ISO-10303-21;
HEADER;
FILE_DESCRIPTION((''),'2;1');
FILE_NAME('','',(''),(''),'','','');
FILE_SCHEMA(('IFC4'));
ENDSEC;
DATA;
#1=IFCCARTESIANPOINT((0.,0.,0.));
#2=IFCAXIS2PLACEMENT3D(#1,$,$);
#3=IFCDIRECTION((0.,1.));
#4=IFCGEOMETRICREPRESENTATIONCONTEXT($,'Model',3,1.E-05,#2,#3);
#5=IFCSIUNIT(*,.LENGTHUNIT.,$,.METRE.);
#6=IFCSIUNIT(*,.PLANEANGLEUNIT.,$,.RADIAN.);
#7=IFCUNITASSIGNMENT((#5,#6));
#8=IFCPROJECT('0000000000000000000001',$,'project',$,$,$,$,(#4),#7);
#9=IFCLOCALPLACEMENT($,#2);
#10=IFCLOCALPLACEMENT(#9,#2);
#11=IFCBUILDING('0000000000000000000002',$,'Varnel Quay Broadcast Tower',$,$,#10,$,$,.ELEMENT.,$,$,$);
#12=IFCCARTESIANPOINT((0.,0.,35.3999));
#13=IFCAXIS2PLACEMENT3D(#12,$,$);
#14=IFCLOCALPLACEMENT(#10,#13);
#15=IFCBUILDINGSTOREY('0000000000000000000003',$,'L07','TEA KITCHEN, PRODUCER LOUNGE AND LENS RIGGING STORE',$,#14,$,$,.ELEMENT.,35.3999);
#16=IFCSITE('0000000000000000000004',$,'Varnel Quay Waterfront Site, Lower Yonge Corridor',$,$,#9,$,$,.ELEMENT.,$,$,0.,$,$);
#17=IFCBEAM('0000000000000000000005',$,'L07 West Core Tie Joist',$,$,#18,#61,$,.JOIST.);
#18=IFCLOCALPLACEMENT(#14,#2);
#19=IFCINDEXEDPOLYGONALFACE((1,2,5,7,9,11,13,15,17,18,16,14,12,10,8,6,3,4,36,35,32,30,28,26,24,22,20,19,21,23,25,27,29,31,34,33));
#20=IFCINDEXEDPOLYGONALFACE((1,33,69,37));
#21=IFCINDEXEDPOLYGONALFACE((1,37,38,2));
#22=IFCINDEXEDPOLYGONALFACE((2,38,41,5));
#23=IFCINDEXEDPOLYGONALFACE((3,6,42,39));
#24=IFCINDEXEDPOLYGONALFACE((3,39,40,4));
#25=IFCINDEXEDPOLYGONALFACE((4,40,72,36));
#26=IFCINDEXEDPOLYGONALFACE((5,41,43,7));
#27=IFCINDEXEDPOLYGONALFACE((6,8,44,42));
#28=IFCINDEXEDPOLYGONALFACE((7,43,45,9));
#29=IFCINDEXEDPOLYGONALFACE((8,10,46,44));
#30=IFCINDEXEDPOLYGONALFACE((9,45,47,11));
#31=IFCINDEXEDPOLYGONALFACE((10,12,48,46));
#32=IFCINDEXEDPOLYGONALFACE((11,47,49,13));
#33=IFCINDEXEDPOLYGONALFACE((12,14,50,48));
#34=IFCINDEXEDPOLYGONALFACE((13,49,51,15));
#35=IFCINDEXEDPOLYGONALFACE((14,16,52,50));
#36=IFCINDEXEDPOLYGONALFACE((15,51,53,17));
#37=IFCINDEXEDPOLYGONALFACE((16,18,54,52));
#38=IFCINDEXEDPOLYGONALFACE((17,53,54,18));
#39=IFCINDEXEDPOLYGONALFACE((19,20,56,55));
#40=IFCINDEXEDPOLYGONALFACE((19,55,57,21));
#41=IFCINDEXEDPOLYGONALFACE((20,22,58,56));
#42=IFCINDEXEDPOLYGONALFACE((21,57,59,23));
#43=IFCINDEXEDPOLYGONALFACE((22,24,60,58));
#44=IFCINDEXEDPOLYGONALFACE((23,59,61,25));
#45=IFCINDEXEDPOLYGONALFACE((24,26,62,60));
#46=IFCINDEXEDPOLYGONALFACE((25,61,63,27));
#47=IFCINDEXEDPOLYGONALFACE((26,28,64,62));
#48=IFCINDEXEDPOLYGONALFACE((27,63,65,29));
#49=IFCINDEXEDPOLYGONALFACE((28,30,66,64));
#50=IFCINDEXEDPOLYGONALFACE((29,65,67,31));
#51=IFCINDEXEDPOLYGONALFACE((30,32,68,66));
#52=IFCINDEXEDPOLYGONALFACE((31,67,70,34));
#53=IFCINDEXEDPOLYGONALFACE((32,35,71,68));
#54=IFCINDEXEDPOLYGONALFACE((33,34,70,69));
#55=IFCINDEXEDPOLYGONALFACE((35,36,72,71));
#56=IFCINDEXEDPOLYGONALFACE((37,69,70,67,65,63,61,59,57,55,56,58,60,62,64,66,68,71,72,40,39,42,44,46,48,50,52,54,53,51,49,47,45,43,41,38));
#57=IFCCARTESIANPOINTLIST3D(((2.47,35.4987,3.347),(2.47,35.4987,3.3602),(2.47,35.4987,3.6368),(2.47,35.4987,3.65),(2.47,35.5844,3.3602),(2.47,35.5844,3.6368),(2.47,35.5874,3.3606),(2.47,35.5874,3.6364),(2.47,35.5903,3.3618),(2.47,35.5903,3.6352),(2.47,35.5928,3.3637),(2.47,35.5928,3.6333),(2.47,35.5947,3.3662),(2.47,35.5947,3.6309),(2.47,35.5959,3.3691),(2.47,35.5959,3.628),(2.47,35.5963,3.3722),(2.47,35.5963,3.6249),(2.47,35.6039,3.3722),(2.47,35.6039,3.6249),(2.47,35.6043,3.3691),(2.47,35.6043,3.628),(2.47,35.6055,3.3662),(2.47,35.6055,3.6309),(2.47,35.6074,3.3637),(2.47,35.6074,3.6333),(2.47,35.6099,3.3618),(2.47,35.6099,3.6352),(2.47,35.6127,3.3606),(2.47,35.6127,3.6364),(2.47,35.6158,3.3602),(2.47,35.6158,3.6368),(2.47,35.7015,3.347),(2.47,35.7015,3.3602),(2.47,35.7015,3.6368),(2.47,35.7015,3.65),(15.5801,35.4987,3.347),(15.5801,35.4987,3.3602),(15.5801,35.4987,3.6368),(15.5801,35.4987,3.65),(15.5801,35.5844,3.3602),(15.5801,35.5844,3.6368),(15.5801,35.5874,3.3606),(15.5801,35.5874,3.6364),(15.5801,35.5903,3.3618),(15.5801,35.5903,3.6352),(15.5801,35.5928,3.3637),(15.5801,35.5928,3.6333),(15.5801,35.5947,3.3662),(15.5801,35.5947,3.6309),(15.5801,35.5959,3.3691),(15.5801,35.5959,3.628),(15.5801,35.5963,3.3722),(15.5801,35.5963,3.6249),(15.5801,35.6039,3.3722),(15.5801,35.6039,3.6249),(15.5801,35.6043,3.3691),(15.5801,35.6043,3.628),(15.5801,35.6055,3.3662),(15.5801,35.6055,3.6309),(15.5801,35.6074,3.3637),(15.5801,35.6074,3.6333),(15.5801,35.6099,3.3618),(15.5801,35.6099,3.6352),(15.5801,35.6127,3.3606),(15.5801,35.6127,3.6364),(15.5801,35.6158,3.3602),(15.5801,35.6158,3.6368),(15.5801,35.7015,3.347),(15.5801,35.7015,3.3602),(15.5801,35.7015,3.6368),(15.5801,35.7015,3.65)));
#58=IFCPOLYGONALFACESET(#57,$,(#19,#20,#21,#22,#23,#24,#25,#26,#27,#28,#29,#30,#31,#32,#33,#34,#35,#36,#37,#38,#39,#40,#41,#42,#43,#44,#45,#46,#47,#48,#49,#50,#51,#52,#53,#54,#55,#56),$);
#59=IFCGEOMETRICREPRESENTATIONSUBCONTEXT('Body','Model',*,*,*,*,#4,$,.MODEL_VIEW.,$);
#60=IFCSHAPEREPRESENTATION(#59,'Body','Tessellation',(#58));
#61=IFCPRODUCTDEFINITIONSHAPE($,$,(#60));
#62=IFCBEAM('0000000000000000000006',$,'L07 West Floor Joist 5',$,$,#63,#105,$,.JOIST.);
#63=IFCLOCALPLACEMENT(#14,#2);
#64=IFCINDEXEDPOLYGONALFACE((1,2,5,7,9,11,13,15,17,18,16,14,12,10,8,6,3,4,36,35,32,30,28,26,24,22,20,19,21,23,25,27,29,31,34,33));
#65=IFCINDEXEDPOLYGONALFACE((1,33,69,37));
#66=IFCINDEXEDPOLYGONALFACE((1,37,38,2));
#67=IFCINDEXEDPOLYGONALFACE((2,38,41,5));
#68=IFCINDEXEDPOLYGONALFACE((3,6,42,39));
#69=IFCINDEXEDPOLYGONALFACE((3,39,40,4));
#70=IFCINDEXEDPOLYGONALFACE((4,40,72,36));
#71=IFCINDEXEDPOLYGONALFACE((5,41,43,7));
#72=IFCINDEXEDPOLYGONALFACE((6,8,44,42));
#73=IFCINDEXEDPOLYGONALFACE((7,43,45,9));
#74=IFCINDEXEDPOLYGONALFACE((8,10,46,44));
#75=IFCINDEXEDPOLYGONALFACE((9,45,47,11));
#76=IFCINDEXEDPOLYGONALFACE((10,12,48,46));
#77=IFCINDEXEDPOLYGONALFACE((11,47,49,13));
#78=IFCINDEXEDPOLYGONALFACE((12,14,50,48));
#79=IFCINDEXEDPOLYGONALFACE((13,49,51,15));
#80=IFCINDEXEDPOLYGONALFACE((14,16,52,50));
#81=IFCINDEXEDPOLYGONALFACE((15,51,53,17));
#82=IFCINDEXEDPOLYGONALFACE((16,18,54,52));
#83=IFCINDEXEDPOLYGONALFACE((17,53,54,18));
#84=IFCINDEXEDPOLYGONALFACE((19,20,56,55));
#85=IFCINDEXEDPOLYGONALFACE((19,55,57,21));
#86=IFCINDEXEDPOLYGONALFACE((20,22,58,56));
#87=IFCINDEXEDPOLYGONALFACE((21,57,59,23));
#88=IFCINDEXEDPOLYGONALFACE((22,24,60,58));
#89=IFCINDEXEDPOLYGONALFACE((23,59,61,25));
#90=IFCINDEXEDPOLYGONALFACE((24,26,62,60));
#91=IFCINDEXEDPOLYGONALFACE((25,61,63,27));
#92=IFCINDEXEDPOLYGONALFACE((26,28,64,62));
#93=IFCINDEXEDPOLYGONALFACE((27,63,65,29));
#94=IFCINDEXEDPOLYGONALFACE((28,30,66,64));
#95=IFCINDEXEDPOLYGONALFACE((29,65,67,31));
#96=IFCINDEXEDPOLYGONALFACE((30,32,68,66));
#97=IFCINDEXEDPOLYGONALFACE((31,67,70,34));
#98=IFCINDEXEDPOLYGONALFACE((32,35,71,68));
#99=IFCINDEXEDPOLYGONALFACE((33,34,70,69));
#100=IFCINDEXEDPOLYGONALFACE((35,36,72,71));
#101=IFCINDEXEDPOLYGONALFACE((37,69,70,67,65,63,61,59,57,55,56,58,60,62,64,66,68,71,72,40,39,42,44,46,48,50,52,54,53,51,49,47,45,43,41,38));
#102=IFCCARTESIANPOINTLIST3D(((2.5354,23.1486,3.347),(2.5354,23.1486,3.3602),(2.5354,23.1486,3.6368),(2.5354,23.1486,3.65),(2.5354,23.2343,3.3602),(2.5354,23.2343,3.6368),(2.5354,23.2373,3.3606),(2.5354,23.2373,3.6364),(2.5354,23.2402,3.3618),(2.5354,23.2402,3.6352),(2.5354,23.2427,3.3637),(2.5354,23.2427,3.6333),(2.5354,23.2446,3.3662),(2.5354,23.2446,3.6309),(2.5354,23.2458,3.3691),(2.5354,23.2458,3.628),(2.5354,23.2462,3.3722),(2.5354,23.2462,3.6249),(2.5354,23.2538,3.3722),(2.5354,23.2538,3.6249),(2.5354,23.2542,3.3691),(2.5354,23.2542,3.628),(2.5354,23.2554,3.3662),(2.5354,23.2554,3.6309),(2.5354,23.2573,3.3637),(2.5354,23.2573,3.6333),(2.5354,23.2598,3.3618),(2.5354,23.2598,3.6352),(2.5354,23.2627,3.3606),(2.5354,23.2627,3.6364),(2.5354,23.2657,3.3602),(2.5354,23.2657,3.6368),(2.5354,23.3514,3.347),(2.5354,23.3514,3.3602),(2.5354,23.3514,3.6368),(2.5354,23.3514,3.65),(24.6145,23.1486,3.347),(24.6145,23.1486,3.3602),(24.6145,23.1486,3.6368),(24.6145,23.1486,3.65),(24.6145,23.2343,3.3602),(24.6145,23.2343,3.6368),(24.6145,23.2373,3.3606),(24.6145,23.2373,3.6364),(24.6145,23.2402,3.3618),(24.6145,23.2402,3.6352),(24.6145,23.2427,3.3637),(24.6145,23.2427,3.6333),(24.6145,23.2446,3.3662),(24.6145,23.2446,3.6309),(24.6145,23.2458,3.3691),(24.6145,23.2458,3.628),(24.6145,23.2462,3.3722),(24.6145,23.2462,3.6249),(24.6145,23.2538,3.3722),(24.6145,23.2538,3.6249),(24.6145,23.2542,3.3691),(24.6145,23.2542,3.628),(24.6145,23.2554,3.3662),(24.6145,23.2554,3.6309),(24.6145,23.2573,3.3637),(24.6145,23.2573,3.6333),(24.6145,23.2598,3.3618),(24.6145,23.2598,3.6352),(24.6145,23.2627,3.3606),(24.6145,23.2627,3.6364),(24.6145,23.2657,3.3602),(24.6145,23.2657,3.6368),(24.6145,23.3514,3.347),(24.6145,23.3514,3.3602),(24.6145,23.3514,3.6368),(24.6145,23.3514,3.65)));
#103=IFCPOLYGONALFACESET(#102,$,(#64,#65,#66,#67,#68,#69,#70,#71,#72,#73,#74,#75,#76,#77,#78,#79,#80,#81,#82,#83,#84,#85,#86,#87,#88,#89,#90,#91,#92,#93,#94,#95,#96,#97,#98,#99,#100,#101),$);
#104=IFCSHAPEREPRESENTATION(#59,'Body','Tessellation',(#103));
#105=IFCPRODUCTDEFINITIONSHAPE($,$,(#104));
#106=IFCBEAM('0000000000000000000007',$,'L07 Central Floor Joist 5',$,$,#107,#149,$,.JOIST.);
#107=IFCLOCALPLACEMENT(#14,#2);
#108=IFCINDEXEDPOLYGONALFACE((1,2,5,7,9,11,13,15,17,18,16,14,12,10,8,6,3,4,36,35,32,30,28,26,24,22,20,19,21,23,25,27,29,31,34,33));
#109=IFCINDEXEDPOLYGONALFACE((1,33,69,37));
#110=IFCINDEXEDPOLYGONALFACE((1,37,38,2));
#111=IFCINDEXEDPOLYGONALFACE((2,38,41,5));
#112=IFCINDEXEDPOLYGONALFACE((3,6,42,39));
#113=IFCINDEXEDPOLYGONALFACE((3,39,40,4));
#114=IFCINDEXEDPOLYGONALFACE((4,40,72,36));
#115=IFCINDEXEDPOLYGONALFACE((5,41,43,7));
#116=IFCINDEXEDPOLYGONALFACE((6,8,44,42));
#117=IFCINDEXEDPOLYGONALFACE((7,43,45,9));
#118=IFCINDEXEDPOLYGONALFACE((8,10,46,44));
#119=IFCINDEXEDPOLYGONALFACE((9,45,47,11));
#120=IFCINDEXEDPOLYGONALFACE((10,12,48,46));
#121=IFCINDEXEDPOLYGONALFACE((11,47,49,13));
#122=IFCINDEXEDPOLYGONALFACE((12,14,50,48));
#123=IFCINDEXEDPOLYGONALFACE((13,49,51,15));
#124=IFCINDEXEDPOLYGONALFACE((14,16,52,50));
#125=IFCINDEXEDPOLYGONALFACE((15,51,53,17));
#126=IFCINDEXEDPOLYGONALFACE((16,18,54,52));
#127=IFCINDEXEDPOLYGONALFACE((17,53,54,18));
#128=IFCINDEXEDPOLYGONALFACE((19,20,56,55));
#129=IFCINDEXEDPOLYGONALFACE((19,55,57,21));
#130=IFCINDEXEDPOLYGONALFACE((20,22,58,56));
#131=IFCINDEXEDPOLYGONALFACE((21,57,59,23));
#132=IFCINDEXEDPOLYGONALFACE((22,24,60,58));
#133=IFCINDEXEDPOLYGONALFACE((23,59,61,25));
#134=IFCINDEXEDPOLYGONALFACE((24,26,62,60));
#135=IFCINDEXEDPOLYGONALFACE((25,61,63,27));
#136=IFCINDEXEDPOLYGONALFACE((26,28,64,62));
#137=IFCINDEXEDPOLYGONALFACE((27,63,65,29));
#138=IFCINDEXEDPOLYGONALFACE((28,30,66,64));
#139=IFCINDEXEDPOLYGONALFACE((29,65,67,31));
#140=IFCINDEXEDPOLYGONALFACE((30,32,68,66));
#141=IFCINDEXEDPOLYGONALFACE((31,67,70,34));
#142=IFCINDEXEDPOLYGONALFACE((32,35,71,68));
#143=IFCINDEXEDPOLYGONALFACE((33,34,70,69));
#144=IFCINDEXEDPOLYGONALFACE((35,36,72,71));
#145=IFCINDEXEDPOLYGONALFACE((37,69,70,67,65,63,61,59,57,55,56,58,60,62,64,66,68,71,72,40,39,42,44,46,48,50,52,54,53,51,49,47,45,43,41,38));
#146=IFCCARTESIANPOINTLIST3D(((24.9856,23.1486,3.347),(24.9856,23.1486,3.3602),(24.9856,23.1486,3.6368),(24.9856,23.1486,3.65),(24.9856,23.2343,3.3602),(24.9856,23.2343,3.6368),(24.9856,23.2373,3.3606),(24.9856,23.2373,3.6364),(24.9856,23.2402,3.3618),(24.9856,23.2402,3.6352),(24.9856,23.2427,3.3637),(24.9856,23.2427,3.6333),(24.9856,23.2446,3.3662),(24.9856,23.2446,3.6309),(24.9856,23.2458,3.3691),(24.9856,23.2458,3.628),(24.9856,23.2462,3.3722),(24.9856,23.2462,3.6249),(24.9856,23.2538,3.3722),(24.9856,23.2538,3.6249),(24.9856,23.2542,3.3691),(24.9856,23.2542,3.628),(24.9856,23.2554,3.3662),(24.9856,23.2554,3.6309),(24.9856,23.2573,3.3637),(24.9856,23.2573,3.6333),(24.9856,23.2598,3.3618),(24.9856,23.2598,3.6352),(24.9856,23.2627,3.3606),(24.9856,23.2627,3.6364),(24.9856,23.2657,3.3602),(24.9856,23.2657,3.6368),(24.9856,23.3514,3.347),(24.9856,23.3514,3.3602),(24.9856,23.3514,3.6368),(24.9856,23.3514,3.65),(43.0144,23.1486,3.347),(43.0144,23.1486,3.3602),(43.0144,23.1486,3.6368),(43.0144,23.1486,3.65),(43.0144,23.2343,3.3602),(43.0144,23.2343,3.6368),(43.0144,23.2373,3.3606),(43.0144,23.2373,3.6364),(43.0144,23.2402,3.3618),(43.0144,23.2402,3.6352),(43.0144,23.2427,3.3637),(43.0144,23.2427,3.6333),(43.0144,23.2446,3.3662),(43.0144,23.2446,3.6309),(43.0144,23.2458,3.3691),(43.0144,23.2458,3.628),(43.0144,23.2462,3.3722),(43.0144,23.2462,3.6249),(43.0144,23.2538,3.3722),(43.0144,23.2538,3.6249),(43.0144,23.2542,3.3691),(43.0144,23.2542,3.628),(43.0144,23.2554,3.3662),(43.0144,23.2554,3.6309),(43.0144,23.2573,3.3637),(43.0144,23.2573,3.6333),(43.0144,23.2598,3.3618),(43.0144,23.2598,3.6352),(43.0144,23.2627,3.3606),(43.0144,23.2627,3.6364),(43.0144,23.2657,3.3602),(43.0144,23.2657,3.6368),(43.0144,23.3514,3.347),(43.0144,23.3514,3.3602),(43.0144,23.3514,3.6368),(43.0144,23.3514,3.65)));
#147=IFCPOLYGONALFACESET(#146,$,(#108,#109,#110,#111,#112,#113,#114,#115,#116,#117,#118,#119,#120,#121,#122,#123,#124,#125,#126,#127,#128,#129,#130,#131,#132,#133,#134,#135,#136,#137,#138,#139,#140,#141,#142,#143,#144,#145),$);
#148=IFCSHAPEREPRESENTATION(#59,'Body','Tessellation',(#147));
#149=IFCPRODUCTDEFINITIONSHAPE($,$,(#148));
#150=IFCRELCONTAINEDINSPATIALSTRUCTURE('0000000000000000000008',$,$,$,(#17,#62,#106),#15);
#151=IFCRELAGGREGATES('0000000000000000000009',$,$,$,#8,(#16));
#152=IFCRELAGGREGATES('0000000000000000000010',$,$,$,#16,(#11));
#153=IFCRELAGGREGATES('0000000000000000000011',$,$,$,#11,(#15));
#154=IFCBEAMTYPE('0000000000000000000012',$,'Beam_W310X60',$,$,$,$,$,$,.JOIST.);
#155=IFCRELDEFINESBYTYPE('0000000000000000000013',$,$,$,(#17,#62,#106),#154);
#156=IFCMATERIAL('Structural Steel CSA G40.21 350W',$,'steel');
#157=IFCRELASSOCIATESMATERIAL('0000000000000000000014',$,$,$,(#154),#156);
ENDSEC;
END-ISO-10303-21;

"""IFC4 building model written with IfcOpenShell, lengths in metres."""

from ifc_helpers import new_model, si_unit, direction, frame, origin, origin_2d, place, context, subcontext, project, spatial, i_section, extrude, source, transform, mapped, material, material_profile, profile_set, type_object, type_shapes, element, save


model = new_model("IFC4")

# Units and contexts
model_context = context("Model", 3, precision=1e-05, world=origin(), true_north=direction((0.0, 1.0)))
body_context = subcontext(model_context, "Body", "Model", "MODEL_VIEW")
ifc_project = project(units=[si_unit("LENGTHUNIT", "METRE"), si_unit("PLANEANGLEUNIT", "RADIAN")], contexts=[model_context])

# Site, building, storey
site_placement = place(None, origin())
site = spatial("IfcSite", under=ifc_project, at=site_placement, Name="Varnel Quay Waterfront Site, Lower Yonge Corridor", CompositionType="ELEMENT", RefElevation=0.0)
building_placement = place(site_placement, origin())
building = spatial("IfcBuilding", under=site, at=building_placement, Name="Varnel Quay Broadcast Tower", CompositionType="ELEMENT")
storey_placement = place(building_placement, frame((0.0, 0.0, 35.3999)))
storey = spatial("IfcBuildingStorey", under=building, at=storey_placement, Name="L07", Description="TEA KITCHEN, PRODUCER LOUNGE AND LENS RIGGING STORE", CompositionType="ELEMENT", Elevation=35.3999)

# Shared definitions
ifc_material_1 = material(Name="Structural Steel CSA G40.21 350W", Category="steel")

# Beams
ifc_material_profile_1 = material_profile(ifc_material_1, i_section(OverallWidth=0.2029, OverallDepth=0.303, WebThickness=0.0076, FlangeThickness=0.0132, FilletRadius=0.012, at=origin_2d()), Name="W310X60")
ifc_profile_set_1 = profile_set([ifc_material_profile_1], Name="Structural Steel CSA G40.21 350W")
beam_type_1 = type_object("IfcBeamType", Name="Beam_W310X60", PredefinedType="JOIST", material=ifc_profile_set_1)
shared_shape_1 = source(origin(), body_context, "Body", "SweptSolid", [
    extrude(i_section(OverallWidth=0.2029, OverallDepth=0.303, WebThickness=0.0076, FlangeThickness=0.0132, FilletRadius=0.012, at=origin_2d()), origin(), (0.0, 0.0, 1.0), 13.1101),
])
beam_1_placement = place(storey_placement, frame((2.47, 35.6001, 3.4985), z_axis=(1.0, 0.0, 0.0), x_axis=(0.0, 1.0, 0.0)))
element("IfcBeam", 1, at=beam_1_placement, inside=storey, type_object=beam_type_1, Name="L07 West Core Tie Joist", PredefinedType="JOIST", context=body_context, shape_type="MappedRepresentation", body=[
    mapped(shared_shape_1, transform((0.0, 0.0, 0.0), x_axis=(1.0, 0.0, 0.0), y_axis=(0.0, 1.0, 0.0), z_axis=(0.0, 0.0, 1.0), scale=1.0)),
])
shared_shape_2 = source(origin(), body_context, "Body", "SweptSolid", [
    extrude(i_section(OverallWidth=0.2029, OverallDepth=0.303, WebThickness=0.0076, FlangeThickness=0.0132, FilletRadius=0.012, at=origin_2d()), origin(), (0.0, 0.0, 1.0), 22.0791),
])
beam_2_placement = place(storey_placement, frame((2.5354, 23.25, 3.4985), z_axis=(1.0, 0.0, 0.0), x_axis=(0.0, 1.0, 0.0)))
element("IfcBeam", 2, at=beam_2_placement, inside=storey, type_object=beam_type_1, Name="L07 West Floor Joist 5", PredefinedType="JOIST", context=body_context, shape_type="MappedRepresentation", body=[
    mapped(shared_shape_2, transform((0.0, 0.0, 0.0), x_axis=(1.0, 0.0, 0.0), y_axis=(0.0, 1.0, 0.0), z_axis=(0.0, 0.0, 1.0), scale=1.0)),
])
shared_shape_3 = source(origin(), body_context, "Body", "SweptSolid", [
    extrude(i_section(OverallWidth=0.2029, OverallDepth=0.303, WebThickness=0.0076, FlangeThickness=0.0132, FilletRadius=0.012, at=origin_2d()), origin(), (0.0, 0.0, 1.0), 18.0288),
])
type_shapes(beam_type_1, [shared_shape_1, shared_shape_2, shared_shape_3])
beam_3_placement = place(storey_placement, frame((24.9856, 23.25, 3.4985), z_axis=(1.0, 0.0, 0.0), x_axis=(0.0, 1.0, 0.0)))
element("IfcBeam", 3, at=beam_3_placement, inside=storey, type_object=beam_type_1, Name="L07 Central Floor Joist 5", PredefinedType="JOIST", context=body_context, shape_type="MappedRepresentation", body=[
    mapped(shared_shape_3, transform((0.0, 0.0, 0.0), x_axis=(1.0, 0.0, 0.0), y_axis=(0.0, 1.0, 0.0), z_axis=(0.0, 0.0, 1.0), scale=1.0)),
])

save(model, "model.ifc")
